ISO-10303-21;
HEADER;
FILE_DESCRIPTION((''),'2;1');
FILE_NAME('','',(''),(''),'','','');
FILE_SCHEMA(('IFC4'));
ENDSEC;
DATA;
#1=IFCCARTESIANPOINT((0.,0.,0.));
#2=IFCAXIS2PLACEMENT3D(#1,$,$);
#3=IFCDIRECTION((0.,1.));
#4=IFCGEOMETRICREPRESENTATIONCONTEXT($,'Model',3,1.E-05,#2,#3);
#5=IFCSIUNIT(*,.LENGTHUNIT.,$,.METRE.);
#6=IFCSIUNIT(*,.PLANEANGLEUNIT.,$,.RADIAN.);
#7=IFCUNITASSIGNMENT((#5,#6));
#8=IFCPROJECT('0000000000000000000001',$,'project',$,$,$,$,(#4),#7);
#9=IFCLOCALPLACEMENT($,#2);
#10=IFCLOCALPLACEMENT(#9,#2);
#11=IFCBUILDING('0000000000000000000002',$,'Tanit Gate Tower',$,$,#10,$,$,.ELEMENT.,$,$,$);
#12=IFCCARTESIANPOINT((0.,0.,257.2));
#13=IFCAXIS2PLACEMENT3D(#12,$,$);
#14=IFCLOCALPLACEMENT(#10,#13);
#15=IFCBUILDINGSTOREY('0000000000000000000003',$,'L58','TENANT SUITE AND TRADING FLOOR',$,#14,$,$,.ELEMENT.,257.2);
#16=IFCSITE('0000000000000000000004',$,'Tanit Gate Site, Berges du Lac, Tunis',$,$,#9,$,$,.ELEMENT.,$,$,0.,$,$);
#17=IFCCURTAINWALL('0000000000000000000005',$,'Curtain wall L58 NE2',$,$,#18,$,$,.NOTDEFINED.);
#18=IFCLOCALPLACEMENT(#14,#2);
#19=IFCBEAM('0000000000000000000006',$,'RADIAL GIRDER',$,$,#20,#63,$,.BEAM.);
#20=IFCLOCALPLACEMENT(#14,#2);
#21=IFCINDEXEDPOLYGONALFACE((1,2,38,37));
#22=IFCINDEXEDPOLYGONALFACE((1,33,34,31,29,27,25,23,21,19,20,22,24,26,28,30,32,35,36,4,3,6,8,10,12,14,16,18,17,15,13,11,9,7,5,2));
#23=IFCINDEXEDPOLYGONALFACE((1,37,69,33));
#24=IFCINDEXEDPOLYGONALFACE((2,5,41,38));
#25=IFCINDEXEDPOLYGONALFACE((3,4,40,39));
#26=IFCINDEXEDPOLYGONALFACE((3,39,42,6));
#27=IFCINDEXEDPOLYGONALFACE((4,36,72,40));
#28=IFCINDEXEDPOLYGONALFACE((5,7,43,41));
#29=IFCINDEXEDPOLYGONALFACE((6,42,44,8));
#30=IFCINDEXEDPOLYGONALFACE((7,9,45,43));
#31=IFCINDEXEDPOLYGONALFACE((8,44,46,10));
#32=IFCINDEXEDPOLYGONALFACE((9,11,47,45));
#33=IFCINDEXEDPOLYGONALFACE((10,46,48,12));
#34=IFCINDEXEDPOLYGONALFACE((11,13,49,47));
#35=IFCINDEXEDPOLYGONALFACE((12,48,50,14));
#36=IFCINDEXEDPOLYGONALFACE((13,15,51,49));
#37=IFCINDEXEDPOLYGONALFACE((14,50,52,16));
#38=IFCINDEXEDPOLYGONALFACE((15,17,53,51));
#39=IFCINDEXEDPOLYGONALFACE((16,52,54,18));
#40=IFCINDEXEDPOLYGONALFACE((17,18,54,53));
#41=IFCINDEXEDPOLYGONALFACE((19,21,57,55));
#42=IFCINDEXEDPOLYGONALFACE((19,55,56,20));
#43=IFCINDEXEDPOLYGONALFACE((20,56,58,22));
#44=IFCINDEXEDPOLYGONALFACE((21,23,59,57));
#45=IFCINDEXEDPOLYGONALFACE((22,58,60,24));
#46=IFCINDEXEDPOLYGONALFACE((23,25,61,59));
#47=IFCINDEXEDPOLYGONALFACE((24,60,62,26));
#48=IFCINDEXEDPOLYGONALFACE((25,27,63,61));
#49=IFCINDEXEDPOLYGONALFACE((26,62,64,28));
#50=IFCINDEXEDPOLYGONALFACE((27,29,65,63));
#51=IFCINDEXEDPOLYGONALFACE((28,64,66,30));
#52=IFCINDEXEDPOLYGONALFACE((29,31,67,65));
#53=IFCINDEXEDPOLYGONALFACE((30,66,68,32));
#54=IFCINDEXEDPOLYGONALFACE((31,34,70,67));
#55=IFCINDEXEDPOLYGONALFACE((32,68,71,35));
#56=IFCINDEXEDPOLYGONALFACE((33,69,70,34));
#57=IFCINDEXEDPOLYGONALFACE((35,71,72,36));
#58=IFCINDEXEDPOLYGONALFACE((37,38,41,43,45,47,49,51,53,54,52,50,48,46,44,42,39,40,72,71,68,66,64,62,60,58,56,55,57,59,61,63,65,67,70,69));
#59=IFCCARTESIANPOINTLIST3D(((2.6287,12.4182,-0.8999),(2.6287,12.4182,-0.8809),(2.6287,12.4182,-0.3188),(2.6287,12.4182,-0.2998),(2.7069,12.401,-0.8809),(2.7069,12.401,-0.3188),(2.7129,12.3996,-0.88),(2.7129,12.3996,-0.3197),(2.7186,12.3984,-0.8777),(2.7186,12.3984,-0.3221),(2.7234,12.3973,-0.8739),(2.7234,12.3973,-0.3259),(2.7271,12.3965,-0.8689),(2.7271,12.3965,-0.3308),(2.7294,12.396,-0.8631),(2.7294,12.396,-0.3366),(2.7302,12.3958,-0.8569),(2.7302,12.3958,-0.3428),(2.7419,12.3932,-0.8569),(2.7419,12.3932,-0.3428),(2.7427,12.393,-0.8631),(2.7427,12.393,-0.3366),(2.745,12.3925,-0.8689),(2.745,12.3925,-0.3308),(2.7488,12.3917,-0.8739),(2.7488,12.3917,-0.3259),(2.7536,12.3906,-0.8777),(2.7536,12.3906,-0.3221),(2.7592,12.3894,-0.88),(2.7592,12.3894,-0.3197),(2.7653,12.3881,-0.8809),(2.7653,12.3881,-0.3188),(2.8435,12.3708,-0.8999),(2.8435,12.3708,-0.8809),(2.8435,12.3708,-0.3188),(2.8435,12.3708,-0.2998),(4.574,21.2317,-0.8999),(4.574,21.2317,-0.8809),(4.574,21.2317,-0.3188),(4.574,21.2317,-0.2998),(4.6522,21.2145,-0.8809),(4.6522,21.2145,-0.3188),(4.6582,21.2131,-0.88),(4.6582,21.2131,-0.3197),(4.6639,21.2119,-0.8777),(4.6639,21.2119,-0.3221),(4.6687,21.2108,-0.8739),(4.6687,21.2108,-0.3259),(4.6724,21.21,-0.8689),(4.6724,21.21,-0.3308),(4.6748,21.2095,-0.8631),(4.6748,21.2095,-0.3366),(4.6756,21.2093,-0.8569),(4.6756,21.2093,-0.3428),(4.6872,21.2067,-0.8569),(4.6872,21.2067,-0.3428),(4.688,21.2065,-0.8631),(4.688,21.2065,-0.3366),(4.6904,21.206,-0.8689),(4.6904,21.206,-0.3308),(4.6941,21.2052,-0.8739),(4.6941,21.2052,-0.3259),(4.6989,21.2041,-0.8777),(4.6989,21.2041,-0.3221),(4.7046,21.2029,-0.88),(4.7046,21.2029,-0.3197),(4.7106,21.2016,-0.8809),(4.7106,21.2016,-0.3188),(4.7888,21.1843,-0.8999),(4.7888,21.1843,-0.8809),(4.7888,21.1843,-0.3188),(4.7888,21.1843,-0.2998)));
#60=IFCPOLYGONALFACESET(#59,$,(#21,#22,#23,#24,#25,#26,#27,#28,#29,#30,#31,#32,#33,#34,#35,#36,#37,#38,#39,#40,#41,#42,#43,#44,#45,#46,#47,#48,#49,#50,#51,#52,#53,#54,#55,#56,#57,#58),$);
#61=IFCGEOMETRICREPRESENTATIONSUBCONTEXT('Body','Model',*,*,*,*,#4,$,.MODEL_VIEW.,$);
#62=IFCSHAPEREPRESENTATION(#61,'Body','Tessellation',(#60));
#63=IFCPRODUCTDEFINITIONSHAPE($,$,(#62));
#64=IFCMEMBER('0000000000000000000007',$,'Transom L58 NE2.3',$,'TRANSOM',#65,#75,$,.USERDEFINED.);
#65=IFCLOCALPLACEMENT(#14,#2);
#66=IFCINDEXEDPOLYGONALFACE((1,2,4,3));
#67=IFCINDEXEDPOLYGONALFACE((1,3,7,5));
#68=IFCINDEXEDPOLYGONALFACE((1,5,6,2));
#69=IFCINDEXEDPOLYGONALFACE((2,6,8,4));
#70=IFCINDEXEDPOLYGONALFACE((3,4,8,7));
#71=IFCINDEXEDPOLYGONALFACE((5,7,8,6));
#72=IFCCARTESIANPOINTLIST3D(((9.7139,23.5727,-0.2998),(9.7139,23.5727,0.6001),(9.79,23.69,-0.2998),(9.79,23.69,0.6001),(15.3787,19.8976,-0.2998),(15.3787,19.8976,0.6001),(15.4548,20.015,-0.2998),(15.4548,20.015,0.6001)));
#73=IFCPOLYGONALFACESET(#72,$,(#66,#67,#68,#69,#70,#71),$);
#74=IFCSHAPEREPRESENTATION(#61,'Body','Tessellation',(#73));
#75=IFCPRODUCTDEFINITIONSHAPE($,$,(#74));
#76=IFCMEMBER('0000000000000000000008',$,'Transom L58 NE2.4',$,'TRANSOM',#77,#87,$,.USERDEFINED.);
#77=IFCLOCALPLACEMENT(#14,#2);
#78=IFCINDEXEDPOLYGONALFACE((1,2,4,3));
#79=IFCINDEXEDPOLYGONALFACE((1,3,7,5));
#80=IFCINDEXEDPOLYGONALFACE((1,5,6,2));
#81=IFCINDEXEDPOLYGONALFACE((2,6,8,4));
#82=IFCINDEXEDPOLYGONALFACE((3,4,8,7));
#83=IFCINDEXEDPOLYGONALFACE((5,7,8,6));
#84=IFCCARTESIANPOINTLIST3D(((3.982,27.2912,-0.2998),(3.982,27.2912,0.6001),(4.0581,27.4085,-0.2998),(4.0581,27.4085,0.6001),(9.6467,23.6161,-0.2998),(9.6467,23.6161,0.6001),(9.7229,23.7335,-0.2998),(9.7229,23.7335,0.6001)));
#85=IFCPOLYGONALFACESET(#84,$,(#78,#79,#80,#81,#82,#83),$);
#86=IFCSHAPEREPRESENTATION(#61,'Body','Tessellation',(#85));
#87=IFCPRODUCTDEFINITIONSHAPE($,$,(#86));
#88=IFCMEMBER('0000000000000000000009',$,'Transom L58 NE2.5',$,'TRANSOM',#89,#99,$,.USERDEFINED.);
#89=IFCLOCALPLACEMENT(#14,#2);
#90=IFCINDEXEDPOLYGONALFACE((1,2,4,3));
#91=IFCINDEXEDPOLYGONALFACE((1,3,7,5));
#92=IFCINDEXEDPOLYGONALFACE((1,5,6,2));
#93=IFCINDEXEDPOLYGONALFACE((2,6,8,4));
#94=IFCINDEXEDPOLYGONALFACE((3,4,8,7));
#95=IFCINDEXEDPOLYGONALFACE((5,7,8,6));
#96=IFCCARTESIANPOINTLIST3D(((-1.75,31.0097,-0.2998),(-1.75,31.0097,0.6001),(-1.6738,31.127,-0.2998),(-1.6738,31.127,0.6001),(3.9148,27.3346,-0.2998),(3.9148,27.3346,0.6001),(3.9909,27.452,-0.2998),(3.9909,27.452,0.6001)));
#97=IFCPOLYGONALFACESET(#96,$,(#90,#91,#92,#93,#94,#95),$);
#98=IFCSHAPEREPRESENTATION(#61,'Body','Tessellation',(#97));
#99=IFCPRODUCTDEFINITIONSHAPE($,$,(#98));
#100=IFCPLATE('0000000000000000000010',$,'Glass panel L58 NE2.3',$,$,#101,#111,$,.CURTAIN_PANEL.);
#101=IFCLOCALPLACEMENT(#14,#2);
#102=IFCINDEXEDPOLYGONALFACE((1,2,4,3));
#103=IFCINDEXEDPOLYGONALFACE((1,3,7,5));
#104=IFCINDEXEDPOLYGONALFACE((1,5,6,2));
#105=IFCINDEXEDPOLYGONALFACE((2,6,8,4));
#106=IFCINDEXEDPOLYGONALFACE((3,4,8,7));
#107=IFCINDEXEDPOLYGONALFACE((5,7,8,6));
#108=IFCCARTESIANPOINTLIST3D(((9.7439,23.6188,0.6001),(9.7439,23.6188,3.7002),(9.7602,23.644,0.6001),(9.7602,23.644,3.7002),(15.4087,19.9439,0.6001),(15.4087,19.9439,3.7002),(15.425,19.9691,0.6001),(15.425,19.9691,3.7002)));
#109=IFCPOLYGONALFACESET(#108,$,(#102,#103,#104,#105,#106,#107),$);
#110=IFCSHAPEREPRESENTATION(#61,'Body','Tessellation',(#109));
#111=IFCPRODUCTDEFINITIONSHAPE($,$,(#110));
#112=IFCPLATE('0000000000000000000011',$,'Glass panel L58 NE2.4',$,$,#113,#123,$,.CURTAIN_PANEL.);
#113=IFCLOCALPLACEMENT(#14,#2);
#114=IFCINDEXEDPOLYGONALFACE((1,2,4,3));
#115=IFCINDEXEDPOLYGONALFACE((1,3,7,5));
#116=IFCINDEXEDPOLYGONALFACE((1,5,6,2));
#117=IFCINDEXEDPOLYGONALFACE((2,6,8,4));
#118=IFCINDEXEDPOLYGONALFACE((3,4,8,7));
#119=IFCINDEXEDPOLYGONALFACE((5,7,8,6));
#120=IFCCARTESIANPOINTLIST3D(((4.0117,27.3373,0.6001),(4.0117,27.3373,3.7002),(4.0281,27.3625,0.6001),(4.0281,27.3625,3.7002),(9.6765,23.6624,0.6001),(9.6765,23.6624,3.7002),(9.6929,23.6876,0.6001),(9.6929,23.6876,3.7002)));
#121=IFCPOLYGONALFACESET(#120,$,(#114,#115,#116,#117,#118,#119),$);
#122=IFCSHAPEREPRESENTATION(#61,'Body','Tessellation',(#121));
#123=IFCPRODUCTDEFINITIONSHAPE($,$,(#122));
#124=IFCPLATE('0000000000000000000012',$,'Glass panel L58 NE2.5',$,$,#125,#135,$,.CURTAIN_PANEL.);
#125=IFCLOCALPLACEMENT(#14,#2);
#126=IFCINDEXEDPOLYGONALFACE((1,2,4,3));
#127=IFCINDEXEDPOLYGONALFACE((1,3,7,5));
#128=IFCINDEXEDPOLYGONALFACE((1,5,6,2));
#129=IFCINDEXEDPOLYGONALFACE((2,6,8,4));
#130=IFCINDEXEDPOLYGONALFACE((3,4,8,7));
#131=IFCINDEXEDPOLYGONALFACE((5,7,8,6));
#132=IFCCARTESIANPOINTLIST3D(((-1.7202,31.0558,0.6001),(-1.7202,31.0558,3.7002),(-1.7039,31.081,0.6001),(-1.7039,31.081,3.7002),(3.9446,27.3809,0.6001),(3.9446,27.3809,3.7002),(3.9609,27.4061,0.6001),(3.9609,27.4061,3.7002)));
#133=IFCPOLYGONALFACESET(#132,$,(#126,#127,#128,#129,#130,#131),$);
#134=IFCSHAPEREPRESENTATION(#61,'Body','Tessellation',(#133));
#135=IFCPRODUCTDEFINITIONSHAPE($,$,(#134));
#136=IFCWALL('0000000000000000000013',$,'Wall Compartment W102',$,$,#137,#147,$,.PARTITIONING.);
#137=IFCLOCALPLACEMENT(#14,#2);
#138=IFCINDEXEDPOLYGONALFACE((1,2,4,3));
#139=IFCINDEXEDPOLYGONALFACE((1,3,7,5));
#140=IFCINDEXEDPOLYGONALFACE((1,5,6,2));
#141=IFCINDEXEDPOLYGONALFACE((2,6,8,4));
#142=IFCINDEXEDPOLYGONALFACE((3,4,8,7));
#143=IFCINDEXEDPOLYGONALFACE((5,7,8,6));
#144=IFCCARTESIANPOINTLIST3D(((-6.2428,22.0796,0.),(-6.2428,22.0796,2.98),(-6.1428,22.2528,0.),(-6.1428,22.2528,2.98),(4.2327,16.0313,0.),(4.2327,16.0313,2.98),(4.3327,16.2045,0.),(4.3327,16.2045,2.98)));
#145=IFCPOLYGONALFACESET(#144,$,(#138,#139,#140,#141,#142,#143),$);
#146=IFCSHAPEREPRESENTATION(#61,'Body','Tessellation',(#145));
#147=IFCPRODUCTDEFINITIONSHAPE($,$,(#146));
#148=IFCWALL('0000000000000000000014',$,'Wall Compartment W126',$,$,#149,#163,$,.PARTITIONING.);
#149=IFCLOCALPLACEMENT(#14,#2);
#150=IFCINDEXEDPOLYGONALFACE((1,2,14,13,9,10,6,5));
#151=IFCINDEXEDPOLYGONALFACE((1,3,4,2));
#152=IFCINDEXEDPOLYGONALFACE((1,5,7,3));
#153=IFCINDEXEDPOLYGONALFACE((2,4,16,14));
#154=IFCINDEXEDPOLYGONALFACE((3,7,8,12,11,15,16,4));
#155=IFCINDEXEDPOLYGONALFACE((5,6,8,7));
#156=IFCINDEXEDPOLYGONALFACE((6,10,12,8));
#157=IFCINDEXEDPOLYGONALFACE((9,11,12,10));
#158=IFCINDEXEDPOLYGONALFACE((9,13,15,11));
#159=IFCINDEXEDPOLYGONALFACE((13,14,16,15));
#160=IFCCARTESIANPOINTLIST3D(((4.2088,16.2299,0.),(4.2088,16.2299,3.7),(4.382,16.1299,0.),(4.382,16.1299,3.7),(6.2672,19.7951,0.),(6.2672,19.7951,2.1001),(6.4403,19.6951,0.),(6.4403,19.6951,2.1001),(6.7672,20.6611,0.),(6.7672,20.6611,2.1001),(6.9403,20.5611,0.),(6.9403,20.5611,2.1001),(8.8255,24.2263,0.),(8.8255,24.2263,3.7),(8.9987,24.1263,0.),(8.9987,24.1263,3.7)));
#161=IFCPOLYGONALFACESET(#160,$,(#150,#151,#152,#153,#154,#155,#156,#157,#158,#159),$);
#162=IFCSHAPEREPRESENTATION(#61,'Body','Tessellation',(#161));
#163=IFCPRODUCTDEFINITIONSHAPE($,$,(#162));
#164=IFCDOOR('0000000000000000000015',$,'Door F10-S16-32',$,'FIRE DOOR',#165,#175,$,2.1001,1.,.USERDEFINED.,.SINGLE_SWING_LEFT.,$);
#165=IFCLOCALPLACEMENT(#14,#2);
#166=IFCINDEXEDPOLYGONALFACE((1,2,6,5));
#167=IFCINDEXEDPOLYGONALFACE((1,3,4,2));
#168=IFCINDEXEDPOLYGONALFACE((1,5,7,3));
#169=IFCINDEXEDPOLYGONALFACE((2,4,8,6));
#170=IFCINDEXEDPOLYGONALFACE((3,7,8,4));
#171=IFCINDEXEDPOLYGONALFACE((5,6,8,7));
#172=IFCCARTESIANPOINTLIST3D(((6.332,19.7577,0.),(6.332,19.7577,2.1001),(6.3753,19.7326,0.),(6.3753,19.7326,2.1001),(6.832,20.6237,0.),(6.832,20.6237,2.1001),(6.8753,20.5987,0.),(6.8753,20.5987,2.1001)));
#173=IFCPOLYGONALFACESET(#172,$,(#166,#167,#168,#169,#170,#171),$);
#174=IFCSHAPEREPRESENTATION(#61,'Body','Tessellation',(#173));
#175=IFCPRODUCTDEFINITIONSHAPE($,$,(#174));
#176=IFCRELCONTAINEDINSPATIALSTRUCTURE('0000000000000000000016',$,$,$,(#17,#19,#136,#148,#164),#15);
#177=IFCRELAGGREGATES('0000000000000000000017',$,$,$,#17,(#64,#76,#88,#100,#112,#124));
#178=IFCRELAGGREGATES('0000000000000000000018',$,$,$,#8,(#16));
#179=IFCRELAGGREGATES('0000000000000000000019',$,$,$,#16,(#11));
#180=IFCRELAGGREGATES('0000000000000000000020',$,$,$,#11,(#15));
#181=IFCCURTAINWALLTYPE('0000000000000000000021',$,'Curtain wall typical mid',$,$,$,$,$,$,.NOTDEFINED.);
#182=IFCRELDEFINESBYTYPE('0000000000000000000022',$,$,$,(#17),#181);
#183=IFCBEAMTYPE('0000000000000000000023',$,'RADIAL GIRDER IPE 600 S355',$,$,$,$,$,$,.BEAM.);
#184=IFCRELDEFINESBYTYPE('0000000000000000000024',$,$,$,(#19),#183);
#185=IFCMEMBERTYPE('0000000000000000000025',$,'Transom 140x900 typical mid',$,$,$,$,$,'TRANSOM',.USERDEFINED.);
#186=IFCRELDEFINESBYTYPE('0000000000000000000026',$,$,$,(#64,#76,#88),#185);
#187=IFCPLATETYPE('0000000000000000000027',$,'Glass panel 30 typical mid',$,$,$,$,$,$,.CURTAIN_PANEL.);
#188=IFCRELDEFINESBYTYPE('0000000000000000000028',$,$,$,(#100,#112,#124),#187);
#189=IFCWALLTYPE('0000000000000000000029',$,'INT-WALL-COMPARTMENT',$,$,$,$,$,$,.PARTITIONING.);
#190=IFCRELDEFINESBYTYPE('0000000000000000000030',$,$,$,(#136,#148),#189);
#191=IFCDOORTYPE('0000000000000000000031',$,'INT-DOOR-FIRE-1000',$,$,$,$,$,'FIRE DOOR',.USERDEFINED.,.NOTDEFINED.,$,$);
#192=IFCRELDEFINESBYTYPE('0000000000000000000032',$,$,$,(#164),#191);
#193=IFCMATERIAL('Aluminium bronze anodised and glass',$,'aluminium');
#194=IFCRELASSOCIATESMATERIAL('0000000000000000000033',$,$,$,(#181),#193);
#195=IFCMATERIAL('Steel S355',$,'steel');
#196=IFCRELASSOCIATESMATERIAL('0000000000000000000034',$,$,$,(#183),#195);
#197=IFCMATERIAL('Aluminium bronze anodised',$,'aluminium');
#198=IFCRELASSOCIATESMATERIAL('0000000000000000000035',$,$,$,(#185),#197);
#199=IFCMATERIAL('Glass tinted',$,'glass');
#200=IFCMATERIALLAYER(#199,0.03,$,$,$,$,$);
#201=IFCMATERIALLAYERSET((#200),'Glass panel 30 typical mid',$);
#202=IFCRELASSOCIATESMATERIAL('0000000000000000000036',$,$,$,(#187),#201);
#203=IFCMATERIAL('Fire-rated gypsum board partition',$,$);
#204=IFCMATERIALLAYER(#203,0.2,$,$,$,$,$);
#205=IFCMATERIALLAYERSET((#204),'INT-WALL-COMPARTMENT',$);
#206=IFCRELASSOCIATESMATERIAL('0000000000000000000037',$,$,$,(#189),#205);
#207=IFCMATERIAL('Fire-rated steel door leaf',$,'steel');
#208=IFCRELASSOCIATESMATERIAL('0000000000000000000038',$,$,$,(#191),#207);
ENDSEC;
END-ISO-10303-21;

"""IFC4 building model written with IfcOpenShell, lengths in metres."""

from ifc_helpers import new_model, si_unit, direction, frame, frame_2d, origin, origin_2d, place, context, subcontext, project, spatial, rectangle, i_section, extrude, material, layer, layer_set, material_profile, profile_set, type_object, element, fill, aggregate, save


model = new_model("IFC4")

# Units and contexts
model_context = context("Model", 3, precision=1e-05, world=origin(), true_north=direction((0.0, 1.0)))
body_context = subcontext(model_context, "Body", "Model", "MODEL_VIEW")
ifc_project = project(units=[si_unit("LENGTHUNIT", "METRE"), si_unit("PLANEANGLEUNIT", "RADIAN")], contexts=[model_context])

# Site, building, storey
site_placement = place(None, origin())
site = spatial("IfcSite", under=ifc_project, at=site_placement, Name="Tanit Gate Site, Berges du Lac, Tunis", CompositionType="ELEMENT", RefElevation=0.0)
building_placement = place(site_placement, origin())
building = spatial("IfcBuilding", under=site, at=building_placement, Name="Tanit Gate Tower", CompositionType="ELEMENT")
storey_placement = place(building_placement, frame((0.0, 0.0, 257.2)))
storey = spatial("IfcBuildingStorey", under=building, at=storey_placement, Name="L58", Description="TENANT SUITE AND TRADING FLOOR", CompositionType="ELEMENT", Elevation=257.2)

# Curtain wall
ifc_material_1 = material(Name="Aluminium bronze anodised and glass", Category="aluminium")
curtain_wall_type = type_object("IfcCurtainWallType", Name="Curtain wall typical mid", PredefinedType="NOTDEFINED", material=ifc_material_1)
curtain_wall_placement = place(storey_placement, origin())
curtain_wall = element("IfcCurtainWall", 1, at=curtain_wall_placement, inside=storey, type_object=curtain_wall_type, Name="Curtain wall L58 NE2", PredefinedType="NOTDEFINED")

# Beam
ifc_material_2 = material(Name="Steel S355", Category="steel")
ifc_material_profile_1 = material_profile(ifc_material_2, i_section(OverallWidth=0.22, OverallDepth=0.6001, WebThickness=0.012, FlangeThickness=0.019, FilletRadius=0.0239, at=origin_2d()), Name="IPE 600")
ifc_profile_set_1 = profile_set([ifc_material_profile_1], Name="Steel S355")
beam_type_1 = type_object("IfcBeamType", Name="RADIAL GIRDER IPE 600 S355", PredefinedType="BEAM", material=ifc_profile_set_1)
beam_1_placement = place(storey_placement, frame((4.6814, 21.208, -0.5999), z_axis=(-0.215533, -0.976497, 0.0), x_axis=(0.976497, -0.215533, 0.0)))
element("IfcBeam", 2, at=beam_1_placement, inside=storey, type_object=beam_type_1, Name="RADIAL GIRDER", PredefinedType="BEAM", context=body_context, shape_type="SweptSolid", body=[
    extrude(i_section(OverallWidth=0.22, OverallDepth=0.6001, WebThickness=0.012, FlangeThickness=0.019, FilletRadius=0.0239, at=origin_2d()), origin(), (0.0, 0.0, 1.0), 9.0256),
])

# Members
ifc_material_3 = material(Name="Aluminium bronze anodised", Category="aluminium")
ifc_material_profile_2 = material_profile(ifc_material_3, rectangle(XDim=0.1399, YDim=0.8999, at=origin_2d()), Name="140x900 bronze transom")
ifc_profile_set_2 = profile_set([ifc_material_profile_2], Name="Aluminium bronze anodised")
member_type_1 = type_object("IfcMemberType", Name="Transom 140x900 typical mid", ElementType="TRANSOM", PredefinedType="USERDEFINED", material=ifc_profile_set_2)
member_1_placement = place(storey_placement, frame((15.4167, 19.9563, 0.1501), z_axis=(-0.838922, 0.544252, 0.0), x_axis=(-0.544252, -0.838922, 0.0)))
member_1 = element("IfcMember", 3, at=member_1_placement, type_object=member_type_1, Name="Transom L58 NE2.3", ObjectType="TRANSOM", PredefinedType="USERDEFINED", context=body_context, shape_type="SweptSolid", body=[
    extrude(rectangle(XDim=0.1399, YDim=0.8999, at=origin_2d()), origin(), (0.0, 0.0, 1.0), 6.7524),
])
member_2_placement = place(storey_placement, frame((9.6848, 23.6748, 0.1501), z_axis=(-0.838922, 0.544252, 0.0), x_axis=(-0.544252, -0.838922, 0.0)))
member_2 = element("IfcMember", 4, at=member_2_placement, type_object=member_type_1, Name="Transom L58 NE2.4", ObjectType="TRANSOM", PredefinedType="USERDEFINED", context=body_context, shape_type="SweptSolid", body=[
    extrude(rectangle(XDim=0.1399, YDim=0.8999, at=origin_2d()), origin(), (0.0, 0.0, 1.0), 6.7524),
])
member_3_placement = place(storey_placement, frame((3.9529, 27.3933, 0.1501), z_axis=(-0.838922, 0.544252, 0.0), x_axis=(-0.544252, -0.838922, 0.0)))
member_3 = element("IfcMember", 5, at=member_3_placement, type_object=member_type_1, Name="Transom L58 NE2.5", ObjectType="TRANSOM", PredefinedType="USERDEFINED", context=body_context, shape_type="SweptSolid", body=[
    extrude(rectangle(XDim=0.1399, YDim=0.8999, at=origin_2d()), origin(), (0.0, 0.0, 1.0), 6.7524),
])

# Plates
ifc_material_4 = material(Name="Glass tinted", Category="glass")
ifc_layer_1 = layer(ifc_material_4, 0.03)
ifc_layer_set_1 = layer_set([ifc_layer_1], Name="Glass panel 30 typical mid")
plate_type = type_object("IfcPlateType", Name="Glass panel 30 typical mid", PredefinedType="CURTAIN_PANEL", material=ifc_layer_set_1)
plate_1_placement = place(storey_placement, frame((12.5845, 21.7939, 0.6001), z_axis=(0.0, 0.0, 1.0), x_axis=(-0.838927, 0.544243, 0.0)))
plate_1 = element("IfcPlate", 6, at=plate_1_placement, type_object=plate_type, Name="Glass panel L58 NE2.3", PredefinedType="CURTAIN_PANEL", context=body_context, shape_type="SweptSolid", body=[
    extrude(rectangle(XDim=6.7524, YDim=0.03, at=origin_2d()), origin(), (0.0, 0.0, 1.0), 3.1001),
])
plate_2_placement = place(storey_placement, frame((6.8523, 25.5125, 0.6001), z_axis=(0.0, 0.0, 1.0), x_axis=(-0.838927, 0.544243, 0.0)))
plate_2 = element("IfcPlate", 7, at=plate_2_placement, type_object=plate_type, Name="Glass panel L58 NE2.4", PredefinedType="CURTAIN_PANEL", context=body_context, shape_type="SweptSolid", body=[
    extrude(rectangle(XDim=6.7524, YDim=0.03, at=origin_2d()), origin(), (0.0, 0.0, 1.0), 3.1001),
])
plate_3_placement = place(storey_placement, frame((1.1204, 29.231, 0.6001), z_axis=(0.0, 0.0, 1.0), x_axis=(-0.838927, 0.544243, 0.0)))
plate_3 = element("IfcPlate", 8, at=plate_3_placement, type_object=plate_type, Name="Glass panel L58 NE2.5", PredefinedType="CURTAIN_PANEL", context=body_context, shape_type="SweptSolid", body=[
    extrude(rectangle(XDim=6.7524, YDim=0.03, at=origin_2d()), origin(), (0.0, 0.0, 1.0), 3.1001),
])
aggregate(curtain_wall, [member_1, member_2, member_3, plate_1, plate_2, plate_3])

# Wall
ifc_material_5 = material(Name="Fire-rated gypsum board partition")
ifc_layer_2 = layer(ifc_material_5, 0.2)
ifc_layer_set_2 = layer_set([ifc_layer_2], Name="INT-WALL-COMPARTMENT")
wall_type_1 = type_object("IfcWallType", Name="INT-WALL-COMPARTMENT", PredefinedType="PARTITIONING", material=ifc_layer_set_2)
wall_1_placement = place(storey_placement, frame((4.2827, 16.1179, 0.0), z_axis=(0.0, 0.0, 1.0), x_axis=(-0.866016, 0.500016, 0.0)))
element("IfcWall", 9, at=wall_1_placement, inside=storey, type_object=wall_type_1, Name="Wall Compartment W102", PredefinedType="PARTITIONING", context=body_context, shape_type="SweptSolid", body=[
    extrude(rectangle(XDim=12.0962, YDim=0.2, at=frame_2d((6.0481, 0.0))), origin(), (0.0, 0.0, 1.0), 2.98),
])

# Wall, opening, door
wall_2_placement = place(storey_placement, frame((8.9121, 24.1763, 0.0), z_axis=(0.0, 0.0, 1.0), x_axis=(-0.500001, -0.866025, 0.0)))
wall_2 = element("IfcWall", 10, at=wall_2_placement, inside=storey, type_object=wall_type_1, Name="Wall Compartment W126", PredefinedType="PARTITIONING", context=body_context, shape_type="SweptSolid", body=[
    extrude(rectangle(XDim=9.2334, YDim=0.2, at=frame_2d((4.6167, 0.0))), origin(), (0.0, 0.0, 1.0), 3.7),
])
opening_1_placement = place(wall_2_placement, frame((4.1167, 0.0, 0.0)))
opening_1 = element("IfcOpeningElement", 11, at=opening_1_placement, cuts=wall_2, PredefinedType="OPENING", context=body_context, shape_type="SweptSolid", body=[
    extrude(rectangle(XDim=1.0, YDim=2.1001, at=frame_2d((0.5, 1.05))), frame((0.0, 0.1099, 0.0), z_axis=(0.0, -1.0, 0.0), x_axis=(1.0, 0.0, 0.0)), (0.0, 0.0, 1.0), 0.22),
])
ifc_material_6 = material(Name="Fire-rated steel door leaf", Category="steel")
door_type_1 = type_object("IfcDoorType", Name="INT-DOOR-FIRE-1000", ElementType="FIRE DOOR", OperationType="NOTDEFINED", PredefinedType="USERDEFINED", material=ifc_material_6)
door_1_placement = place(opening_1_placement, origin())
door_1 = element("IfcDoor", 12, at=door_1_placement, inside=storey, type_object=door_type_1, Name="Door F10-S16-32", ObjectType="FIRE DOOR", OperationType="SINGLE_SWING_LEFT", OverallHeight=2.1001, OverallWidth=1.0, PredefinedType="USERDEFINED", context=body_context, shape_type="SweptSolid", body=[
    extrude(rectangle(XDim=1.0, YDim=2.1001, at=frame_2d((0.5, 1.05))), frame((0.0, 0.0249, 0.0), z_axis=(0.0, -1.0, 0.0), x_axis=(1.0, 0.0, 0.0)), (0.0, 0.0, 1.0), 0.05),
])
fill(opening_1, door_1)

save(model, "model.ifc")
